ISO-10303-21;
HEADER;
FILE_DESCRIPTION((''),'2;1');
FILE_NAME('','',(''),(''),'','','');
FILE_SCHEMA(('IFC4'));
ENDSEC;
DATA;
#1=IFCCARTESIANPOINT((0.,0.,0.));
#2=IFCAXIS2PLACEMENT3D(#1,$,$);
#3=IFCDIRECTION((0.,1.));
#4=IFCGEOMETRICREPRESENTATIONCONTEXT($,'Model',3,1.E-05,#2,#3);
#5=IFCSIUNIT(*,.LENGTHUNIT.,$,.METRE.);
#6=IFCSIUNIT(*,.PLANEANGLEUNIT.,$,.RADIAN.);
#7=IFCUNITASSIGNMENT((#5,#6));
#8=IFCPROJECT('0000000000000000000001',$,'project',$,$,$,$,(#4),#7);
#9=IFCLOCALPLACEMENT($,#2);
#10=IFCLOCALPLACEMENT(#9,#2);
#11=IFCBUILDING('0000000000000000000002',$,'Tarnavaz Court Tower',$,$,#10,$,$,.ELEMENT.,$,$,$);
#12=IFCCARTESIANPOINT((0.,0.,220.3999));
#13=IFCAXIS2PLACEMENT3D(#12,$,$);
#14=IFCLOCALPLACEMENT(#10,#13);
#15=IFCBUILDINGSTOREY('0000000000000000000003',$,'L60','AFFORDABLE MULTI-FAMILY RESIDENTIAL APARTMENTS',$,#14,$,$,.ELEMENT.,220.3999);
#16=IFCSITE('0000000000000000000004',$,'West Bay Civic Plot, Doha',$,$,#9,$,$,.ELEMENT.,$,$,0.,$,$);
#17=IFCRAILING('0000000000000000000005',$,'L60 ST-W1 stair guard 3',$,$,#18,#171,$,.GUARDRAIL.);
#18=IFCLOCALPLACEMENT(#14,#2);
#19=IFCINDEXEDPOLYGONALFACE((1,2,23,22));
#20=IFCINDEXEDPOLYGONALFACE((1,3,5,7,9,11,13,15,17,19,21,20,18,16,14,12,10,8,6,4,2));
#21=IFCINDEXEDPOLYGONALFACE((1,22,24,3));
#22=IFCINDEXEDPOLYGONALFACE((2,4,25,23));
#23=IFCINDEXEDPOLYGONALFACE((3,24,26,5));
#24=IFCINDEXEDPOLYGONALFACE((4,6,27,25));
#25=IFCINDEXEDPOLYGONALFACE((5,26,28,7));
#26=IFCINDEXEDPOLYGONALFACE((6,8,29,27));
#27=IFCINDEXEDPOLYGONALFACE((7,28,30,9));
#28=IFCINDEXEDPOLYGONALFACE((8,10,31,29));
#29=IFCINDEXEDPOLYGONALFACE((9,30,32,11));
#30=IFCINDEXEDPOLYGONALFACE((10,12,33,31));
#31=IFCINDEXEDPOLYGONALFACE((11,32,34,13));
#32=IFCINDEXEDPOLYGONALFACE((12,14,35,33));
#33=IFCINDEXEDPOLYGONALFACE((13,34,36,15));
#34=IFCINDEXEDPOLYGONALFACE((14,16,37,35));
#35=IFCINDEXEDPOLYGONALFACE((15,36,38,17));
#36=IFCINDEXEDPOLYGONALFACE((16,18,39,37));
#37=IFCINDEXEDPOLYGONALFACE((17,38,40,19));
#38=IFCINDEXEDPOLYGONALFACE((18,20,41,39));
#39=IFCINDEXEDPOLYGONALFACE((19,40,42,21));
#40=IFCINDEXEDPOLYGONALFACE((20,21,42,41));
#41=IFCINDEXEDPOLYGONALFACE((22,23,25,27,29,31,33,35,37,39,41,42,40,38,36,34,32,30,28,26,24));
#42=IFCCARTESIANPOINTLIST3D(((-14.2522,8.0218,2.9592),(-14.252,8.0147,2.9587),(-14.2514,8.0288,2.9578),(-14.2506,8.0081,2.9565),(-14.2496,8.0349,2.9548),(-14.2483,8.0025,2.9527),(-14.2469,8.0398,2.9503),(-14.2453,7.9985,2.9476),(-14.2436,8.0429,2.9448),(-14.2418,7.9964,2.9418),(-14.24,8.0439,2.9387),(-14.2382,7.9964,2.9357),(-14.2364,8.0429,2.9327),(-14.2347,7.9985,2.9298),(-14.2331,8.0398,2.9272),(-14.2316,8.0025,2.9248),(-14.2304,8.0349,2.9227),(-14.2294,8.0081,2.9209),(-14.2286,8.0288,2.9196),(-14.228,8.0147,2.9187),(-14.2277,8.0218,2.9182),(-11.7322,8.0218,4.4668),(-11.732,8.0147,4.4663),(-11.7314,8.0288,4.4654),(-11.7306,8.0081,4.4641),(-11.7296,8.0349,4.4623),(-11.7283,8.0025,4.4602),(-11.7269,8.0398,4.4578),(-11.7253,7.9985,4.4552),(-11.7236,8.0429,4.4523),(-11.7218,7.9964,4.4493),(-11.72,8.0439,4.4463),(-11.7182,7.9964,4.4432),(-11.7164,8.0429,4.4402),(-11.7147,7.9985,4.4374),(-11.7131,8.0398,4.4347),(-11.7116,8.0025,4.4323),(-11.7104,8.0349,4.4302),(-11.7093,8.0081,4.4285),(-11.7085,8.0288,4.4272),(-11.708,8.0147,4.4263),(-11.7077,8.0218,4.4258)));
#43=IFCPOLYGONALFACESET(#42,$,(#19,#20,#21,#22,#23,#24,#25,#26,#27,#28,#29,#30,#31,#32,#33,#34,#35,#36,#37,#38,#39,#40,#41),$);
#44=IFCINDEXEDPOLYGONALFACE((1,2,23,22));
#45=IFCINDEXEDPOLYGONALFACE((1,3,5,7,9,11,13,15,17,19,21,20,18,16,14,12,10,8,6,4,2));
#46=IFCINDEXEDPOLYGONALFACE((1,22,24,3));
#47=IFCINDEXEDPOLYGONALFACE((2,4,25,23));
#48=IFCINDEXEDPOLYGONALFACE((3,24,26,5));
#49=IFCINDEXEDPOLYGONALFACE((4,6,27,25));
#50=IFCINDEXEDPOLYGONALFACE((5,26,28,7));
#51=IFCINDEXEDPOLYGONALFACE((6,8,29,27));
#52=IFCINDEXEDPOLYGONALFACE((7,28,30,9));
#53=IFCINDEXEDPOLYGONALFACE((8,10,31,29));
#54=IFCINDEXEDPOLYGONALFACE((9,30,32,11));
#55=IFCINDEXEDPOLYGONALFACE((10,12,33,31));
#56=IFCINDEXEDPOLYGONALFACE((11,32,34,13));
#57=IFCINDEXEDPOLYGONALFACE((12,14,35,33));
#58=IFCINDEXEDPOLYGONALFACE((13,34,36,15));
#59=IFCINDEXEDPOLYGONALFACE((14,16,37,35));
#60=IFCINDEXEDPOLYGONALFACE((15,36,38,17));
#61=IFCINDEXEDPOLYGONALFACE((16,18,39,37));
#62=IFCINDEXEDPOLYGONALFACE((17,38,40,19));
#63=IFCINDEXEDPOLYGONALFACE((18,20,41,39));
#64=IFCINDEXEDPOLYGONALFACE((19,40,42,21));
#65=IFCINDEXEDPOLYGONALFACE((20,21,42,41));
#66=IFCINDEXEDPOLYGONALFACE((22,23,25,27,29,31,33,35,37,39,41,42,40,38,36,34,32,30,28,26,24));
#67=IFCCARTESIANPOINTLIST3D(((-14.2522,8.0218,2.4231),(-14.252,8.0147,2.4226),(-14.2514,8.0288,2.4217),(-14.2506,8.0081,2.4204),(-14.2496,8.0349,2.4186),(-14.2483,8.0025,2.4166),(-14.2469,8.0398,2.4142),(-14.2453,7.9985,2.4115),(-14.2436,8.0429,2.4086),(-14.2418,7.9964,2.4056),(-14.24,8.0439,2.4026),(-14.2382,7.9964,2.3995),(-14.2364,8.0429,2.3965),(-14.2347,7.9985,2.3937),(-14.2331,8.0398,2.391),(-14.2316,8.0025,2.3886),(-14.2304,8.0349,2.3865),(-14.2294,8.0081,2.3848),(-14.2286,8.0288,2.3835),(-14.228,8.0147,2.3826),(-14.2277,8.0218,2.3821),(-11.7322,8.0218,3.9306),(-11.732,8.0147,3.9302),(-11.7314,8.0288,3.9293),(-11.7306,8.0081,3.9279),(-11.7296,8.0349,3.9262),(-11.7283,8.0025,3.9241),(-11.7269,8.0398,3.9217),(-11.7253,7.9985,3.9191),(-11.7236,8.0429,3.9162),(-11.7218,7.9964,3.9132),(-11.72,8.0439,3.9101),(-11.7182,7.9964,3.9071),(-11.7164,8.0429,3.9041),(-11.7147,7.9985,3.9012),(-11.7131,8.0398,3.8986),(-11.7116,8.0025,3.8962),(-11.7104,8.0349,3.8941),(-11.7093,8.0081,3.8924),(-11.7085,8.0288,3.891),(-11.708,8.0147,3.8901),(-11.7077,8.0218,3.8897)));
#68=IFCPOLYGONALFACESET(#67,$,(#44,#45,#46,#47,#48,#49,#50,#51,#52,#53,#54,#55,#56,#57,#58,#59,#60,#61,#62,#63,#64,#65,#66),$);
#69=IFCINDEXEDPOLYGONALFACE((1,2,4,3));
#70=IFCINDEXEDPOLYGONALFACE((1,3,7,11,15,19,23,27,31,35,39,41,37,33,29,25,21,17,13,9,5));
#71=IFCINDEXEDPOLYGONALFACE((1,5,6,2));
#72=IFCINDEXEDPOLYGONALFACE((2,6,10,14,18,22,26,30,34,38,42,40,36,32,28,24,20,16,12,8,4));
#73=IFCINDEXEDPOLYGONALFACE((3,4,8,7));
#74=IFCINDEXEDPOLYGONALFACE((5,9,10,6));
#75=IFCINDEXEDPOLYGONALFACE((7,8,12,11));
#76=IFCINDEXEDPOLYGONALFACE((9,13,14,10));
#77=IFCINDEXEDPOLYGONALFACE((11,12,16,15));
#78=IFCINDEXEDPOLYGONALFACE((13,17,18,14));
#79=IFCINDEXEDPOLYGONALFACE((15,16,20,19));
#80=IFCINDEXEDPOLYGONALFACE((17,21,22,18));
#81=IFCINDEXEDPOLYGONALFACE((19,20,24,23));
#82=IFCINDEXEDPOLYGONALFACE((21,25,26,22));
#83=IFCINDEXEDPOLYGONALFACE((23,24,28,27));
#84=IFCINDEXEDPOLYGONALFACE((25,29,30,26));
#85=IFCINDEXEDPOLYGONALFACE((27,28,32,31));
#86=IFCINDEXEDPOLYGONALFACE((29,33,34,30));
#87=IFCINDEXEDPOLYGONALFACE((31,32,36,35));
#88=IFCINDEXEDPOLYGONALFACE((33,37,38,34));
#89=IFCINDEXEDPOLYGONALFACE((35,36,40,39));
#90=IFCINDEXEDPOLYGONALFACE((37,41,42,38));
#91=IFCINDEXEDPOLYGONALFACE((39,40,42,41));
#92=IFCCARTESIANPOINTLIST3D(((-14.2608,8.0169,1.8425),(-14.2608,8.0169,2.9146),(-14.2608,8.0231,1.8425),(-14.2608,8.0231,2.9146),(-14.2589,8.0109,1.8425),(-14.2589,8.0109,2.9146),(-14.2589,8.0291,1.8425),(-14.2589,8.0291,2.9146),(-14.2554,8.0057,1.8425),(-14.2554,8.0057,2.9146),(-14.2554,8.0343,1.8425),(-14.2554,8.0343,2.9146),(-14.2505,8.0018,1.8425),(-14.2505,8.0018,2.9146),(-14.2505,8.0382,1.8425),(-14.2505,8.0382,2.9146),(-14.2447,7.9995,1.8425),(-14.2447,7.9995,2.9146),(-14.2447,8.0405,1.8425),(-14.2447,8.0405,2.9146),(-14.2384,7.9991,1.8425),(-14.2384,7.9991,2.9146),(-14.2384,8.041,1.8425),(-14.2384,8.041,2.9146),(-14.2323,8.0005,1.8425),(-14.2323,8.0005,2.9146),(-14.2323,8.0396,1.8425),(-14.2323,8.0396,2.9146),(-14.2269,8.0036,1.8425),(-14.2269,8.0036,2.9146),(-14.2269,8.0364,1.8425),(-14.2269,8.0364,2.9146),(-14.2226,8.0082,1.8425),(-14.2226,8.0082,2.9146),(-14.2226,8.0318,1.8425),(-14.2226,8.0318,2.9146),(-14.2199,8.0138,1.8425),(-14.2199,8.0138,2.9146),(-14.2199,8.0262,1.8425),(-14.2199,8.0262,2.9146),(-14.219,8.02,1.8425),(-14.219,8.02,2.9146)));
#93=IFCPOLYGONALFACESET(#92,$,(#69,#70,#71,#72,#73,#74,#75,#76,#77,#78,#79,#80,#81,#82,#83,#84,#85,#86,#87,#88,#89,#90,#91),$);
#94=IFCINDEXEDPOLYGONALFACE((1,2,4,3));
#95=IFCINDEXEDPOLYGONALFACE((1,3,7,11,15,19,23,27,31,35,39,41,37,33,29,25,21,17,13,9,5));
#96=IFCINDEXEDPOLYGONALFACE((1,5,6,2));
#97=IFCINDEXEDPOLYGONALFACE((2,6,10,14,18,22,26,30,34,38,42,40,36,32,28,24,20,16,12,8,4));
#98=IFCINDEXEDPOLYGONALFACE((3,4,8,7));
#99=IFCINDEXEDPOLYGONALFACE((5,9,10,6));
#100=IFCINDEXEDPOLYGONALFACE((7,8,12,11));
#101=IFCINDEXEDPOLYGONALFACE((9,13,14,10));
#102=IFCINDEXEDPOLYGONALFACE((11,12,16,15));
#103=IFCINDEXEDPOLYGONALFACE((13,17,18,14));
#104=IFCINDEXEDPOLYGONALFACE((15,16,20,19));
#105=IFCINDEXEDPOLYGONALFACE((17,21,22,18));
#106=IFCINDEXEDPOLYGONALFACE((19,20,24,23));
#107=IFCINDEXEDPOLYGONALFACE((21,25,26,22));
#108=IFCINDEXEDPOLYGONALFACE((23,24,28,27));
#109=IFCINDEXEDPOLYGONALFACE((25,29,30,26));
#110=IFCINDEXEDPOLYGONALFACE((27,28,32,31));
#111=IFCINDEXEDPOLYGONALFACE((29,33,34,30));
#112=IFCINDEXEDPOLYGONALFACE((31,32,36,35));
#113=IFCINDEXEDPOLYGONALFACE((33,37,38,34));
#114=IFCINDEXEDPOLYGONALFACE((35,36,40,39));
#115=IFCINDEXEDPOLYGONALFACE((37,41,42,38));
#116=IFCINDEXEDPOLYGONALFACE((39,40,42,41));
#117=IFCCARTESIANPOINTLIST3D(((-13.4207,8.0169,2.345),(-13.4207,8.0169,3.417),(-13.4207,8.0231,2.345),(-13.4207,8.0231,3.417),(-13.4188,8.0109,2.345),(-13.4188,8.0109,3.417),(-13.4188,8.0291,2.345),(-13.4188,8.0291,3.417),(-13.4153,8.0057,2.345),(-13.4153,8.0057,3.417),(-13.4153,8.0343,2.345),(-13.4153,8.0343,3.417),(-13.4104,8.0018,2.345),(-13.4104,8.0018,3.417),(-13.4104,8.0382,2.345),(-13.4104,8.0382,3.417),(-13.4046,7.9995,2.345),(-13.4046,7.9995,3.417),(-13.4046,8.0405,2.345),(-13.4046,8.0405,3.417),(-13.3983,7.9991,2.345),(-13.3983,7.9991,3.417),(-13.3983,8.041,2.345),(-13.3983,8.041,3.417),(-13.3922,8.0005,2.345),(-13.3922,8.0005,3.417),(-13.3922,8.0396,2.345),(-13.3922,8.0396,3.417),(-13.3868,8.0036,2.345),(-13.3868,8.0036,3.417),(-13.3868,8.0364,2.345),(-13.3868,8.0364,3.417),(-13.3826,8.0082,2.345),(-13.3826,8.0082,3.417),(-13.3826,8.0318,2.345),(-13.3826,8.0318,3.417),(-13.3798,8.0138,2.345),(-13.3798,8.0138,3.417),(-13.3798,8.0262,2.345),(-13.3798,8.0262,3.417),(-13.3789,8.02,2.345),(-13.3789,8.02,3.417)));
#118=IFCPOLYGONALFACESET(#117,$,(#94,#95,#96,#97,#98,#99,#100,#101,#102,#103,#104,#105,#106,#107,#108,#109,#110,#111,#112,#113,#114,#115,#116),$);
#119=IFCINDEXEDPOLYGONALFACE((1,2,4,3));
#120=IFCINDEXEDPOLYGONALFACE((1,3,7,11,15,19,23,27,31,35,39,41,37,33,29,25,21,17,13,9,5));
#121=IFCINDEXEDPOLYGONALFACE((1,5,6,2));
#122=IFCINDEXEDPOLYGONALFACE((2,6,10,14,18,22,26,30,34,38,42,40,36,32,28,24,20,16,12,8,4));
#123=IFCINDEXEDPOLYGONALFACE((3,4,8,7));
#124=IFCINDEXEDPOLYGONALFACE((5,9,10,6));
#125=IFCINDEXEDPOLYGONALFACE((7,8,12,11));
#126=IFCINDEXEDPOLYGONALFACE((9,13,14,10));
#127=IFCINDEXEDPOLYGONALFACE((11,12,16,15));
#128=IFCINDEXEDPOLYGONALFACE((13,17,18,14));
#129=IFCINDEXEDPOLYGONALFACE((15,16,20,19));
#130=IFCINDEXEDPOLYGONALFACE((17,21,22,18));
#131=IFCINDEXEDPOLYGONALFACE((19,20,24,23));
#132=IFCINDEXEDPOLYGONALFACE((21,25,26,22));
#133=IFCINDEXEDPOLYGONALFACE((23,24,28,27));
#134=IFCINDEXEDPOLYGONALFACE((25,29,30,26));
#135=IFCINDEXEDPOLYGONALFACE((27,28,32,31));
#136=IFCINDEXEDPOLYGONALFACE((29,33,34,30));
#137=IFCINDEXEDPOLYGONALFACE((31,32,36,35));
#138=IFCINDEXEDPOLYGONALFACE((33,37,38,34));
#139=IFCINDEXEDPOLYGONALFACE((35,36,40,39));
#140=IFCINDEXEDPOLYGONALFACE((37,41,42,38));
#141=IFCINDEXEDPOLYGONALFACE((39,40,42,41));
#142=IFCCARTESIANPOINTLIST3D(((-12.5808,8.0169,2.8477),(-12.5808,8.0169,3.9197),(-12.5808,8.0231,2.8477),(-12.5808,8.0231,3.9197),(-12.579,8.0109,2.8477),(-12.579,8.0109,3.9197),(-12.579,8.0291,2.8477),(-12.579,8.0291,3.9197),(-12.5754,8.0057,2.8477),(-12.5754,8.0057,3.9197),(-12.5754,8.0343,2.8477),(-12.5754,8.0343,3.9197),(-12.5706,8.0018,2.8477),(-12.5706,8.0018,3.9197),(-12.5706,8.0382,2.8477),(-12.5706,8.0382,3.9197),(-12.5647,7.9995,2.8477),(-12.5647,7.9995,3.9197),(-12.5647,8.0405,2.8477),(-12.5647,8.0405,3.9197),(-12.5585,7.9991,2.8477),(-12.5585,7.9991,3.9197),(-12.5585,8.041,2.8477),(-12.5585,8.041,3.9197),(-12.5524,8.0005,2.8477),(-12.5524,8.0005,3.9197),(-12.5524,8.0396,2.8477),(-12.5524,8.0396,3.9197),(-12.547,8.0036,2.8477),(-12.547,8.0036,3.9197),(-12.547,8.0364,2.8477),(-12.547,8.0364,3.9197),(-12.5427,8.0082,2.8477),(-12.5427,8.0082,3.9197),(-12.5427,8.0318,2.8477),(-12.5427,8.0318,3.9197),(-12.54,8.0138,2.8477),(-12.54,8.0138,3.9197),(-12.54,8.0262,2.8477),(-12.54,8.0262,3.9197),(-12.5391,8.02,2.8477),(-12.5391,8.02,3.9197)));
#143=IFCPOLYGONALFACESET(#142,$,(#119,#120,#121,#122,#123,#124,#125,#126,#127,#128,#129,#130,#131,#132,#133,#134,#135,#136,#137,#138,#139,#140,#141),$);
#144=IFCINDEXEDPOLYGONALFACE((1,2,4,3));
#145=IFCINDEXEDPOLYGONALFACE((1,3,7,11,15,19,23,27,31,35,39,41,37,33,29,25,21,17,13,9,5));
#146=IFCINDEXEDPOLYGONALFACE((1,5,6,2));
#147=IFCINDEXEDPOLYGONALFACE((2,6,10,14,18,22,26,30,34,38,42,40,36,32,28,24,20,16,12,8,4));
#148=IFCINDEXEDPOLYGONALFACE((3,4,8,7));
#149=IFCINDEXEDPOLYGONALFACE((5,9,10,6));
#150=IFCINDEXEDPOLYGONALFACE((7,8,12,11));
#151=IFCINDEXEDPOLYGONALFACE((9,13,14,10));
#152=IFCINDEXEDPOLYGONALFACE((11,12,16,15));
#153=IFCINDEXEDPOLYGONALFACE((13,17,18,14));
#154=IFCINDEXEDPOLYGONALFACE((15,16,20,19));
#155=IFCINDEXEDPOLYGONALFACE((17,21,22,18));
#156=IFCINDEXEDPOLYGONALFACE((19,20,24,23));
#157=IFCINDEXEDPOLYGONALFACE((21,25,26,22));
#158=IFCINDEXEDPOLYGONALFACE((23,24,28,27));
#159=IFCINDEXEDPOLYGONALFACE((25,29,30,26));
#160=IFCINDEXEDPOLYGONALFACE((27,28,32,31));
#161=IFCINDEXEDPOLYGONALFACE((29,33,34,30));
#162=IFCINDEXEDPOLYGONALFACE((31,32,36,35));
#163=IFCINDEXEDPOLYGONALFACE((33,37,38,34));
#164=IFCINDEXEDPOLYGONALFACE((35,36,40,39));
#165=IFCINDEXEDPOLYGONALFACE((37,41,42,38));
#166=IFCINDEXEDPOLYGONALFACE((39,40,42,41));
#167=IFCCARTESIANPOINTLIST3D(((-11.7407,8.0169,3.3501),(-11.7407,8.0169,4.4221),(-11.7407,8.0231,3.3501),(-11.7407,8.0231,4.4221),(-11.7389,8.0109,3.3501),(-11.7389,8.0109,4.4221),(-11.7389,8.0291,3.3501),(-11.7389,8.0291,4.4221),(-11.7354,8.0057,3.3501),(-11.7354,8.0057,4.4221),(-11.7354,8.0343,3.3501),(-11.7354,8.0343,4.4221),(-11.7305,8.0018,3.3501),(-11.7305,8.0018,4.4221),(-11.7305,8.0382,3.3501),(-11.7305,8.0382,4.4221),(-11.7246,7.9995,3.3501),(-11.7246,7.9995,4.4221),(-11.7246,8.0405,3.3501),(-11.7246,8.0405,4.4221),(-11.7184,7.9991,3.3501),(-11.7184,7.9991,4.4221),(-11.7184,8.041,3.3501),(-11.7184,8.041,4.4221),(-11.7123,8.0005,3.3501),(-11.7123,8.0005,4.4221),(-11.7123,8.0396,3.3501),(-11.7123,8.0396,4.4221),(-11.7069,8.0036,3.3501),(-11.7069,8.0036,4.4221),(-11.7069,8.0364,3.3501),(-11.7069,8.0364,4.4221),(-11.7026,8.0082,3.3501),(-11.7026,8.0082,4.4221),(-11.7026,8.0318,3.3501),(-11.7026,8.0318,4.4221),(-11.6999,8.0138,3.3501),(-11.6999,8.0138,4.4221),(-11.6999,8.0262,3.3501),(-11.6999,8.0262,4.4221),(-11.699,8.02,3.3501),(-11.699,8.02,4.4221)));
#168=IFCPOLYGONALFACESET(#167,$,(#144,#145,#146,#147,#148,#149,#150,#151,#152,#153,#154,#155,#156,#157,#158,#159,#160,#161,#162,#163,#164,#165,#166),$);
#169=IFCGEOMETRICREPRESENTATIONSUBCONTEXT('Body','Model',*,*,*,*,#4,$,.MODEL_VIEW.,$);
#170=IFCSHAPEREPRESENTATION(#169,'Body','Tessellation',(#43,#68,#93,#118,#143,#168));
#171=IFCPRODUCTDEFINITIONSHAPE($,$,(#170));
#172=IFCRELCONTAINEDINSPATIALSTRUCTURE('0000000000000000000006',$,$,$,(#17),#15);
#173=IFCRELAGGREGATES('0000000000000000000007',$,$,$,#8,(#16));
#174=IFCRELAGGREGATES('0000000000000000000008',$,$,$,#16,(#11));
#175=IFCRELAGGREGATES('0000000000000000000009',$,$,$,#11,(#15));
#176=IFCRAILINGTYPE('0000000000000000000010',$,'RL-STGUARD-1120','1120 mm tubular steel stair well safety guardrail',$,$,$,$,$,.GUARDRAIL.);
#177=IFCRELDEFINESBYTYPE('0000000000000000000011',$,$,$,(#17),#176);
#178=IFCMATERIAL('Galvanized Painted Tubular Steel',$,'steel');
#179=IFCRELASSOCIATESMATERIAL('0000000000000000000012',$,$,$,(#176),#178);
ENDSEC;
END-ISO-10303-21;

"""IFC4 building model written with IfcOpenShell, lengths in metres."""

from ifc_helpers import new_model, si_unit, direction, frame, origin, origin_2d, place, context, subcontext, project, spatial, circle, extrude, material, type_object, element, save


model = new_model("IFC4")

# Units and contexts
model_context = context("Model", 3, precision=1e-05, world=origin(), true_north=direction((0.0, 1.0)))
body_context = subcontext(model_context, "Body", "Model", "MODEL_VIEW")
ifc_project = project(units=[si_unit("LENGTHUNIT", "METRE"), si_unit("PLANEANGLEUNIT", "RADIAN")], contexts=[model_context])

# Site, building, storey
site_placement = place(None, origin())
site = spatial("IfcSite", under=ifc_project, at=site_placement, Name="West Bay Civic Plot, Doha", CompositionType="ELEMENT", RefElevation=0.0)
building_placement = place(site_placement, origin())
building = spatial("IfcBuilding", under=site, at=building_placement, Name="Tarnavaz Court Tower", CompositionType="ELEMENT")
storey_placement = place(building_placement, frame((0.0, 0.0, 220.3999)))
storey = spatial("IfcBuildingStorey", under=building, at=storey_placement, Name="L60", Description="AFFORDABLE MULTI-FAMILY RESIDENTIAL APARTMENTS", CompositionType="ELEMENT", Elevation=220.3999)

# Railing
ifc_material_1 = material(Name="Galvanized Painted Tubular Steel", Category="steel")
railing_type_1 = type_object("IfcRailingType", Name="RL-STGUARD-1120", Description="1120 mm tubular steel stair well safety guardrail", PredefinedType="GUARDRAIL", material=ifc_material_1)
railing_1_placement = place(storey_placement, frame((-14.24, 8.02, 1.8425)))
element("IfcRailing", 1, at=railing_1_placement, inside=storey, type_object=railing_type_1, Name="L60 ST-W1 stair guard 3", PredefinedType="GUARDRAIL", context=body_context, shape_type="SweptSolid", body=[
    extrude(circle(Radius=0.0239, at=origin_2d()), frame((0.0, 0.0, 1.0962), z_axis=(0.85816, 0.0, 0.513383), x_axis=(0.0, 1.0, 0.0)), (0.0, 0.0, 1.0), 2.9365),
    extrude(circle(Radius=0.0239, at=origin_2d()), frame((0.0, 0.0, 0.5601), z_axis=(0.85816, 0.0, 0.513383), x_axis=(0.0, 1.0, 0.0)), (0.0, 0.0, 1.0), 2.9365),
    extrude(circle(Radius=0.021, at=origin_2d()), origin(), (0.0, 0.0, 1.0), 1.072),
    extrude(circle(Radius=0.021, at=origin_2d()), frame((0.8401, 0.0, 0.5024)), (0.0, 0.0, 1.0), 1.072),
    extrude(circle(Radius=0.021, at=origin_2d()), frame((1.6799, 0.0, 1.0051)), (0.0, 0.0, 1.0), 1.072),
    extrude(circle(Radius=0.021, at=origin_2d()), frame((2.52, 0.0, 1.5076)), (0.0, 0.0, 1.0), 1.072),
])

save(model, "model.ifc")
